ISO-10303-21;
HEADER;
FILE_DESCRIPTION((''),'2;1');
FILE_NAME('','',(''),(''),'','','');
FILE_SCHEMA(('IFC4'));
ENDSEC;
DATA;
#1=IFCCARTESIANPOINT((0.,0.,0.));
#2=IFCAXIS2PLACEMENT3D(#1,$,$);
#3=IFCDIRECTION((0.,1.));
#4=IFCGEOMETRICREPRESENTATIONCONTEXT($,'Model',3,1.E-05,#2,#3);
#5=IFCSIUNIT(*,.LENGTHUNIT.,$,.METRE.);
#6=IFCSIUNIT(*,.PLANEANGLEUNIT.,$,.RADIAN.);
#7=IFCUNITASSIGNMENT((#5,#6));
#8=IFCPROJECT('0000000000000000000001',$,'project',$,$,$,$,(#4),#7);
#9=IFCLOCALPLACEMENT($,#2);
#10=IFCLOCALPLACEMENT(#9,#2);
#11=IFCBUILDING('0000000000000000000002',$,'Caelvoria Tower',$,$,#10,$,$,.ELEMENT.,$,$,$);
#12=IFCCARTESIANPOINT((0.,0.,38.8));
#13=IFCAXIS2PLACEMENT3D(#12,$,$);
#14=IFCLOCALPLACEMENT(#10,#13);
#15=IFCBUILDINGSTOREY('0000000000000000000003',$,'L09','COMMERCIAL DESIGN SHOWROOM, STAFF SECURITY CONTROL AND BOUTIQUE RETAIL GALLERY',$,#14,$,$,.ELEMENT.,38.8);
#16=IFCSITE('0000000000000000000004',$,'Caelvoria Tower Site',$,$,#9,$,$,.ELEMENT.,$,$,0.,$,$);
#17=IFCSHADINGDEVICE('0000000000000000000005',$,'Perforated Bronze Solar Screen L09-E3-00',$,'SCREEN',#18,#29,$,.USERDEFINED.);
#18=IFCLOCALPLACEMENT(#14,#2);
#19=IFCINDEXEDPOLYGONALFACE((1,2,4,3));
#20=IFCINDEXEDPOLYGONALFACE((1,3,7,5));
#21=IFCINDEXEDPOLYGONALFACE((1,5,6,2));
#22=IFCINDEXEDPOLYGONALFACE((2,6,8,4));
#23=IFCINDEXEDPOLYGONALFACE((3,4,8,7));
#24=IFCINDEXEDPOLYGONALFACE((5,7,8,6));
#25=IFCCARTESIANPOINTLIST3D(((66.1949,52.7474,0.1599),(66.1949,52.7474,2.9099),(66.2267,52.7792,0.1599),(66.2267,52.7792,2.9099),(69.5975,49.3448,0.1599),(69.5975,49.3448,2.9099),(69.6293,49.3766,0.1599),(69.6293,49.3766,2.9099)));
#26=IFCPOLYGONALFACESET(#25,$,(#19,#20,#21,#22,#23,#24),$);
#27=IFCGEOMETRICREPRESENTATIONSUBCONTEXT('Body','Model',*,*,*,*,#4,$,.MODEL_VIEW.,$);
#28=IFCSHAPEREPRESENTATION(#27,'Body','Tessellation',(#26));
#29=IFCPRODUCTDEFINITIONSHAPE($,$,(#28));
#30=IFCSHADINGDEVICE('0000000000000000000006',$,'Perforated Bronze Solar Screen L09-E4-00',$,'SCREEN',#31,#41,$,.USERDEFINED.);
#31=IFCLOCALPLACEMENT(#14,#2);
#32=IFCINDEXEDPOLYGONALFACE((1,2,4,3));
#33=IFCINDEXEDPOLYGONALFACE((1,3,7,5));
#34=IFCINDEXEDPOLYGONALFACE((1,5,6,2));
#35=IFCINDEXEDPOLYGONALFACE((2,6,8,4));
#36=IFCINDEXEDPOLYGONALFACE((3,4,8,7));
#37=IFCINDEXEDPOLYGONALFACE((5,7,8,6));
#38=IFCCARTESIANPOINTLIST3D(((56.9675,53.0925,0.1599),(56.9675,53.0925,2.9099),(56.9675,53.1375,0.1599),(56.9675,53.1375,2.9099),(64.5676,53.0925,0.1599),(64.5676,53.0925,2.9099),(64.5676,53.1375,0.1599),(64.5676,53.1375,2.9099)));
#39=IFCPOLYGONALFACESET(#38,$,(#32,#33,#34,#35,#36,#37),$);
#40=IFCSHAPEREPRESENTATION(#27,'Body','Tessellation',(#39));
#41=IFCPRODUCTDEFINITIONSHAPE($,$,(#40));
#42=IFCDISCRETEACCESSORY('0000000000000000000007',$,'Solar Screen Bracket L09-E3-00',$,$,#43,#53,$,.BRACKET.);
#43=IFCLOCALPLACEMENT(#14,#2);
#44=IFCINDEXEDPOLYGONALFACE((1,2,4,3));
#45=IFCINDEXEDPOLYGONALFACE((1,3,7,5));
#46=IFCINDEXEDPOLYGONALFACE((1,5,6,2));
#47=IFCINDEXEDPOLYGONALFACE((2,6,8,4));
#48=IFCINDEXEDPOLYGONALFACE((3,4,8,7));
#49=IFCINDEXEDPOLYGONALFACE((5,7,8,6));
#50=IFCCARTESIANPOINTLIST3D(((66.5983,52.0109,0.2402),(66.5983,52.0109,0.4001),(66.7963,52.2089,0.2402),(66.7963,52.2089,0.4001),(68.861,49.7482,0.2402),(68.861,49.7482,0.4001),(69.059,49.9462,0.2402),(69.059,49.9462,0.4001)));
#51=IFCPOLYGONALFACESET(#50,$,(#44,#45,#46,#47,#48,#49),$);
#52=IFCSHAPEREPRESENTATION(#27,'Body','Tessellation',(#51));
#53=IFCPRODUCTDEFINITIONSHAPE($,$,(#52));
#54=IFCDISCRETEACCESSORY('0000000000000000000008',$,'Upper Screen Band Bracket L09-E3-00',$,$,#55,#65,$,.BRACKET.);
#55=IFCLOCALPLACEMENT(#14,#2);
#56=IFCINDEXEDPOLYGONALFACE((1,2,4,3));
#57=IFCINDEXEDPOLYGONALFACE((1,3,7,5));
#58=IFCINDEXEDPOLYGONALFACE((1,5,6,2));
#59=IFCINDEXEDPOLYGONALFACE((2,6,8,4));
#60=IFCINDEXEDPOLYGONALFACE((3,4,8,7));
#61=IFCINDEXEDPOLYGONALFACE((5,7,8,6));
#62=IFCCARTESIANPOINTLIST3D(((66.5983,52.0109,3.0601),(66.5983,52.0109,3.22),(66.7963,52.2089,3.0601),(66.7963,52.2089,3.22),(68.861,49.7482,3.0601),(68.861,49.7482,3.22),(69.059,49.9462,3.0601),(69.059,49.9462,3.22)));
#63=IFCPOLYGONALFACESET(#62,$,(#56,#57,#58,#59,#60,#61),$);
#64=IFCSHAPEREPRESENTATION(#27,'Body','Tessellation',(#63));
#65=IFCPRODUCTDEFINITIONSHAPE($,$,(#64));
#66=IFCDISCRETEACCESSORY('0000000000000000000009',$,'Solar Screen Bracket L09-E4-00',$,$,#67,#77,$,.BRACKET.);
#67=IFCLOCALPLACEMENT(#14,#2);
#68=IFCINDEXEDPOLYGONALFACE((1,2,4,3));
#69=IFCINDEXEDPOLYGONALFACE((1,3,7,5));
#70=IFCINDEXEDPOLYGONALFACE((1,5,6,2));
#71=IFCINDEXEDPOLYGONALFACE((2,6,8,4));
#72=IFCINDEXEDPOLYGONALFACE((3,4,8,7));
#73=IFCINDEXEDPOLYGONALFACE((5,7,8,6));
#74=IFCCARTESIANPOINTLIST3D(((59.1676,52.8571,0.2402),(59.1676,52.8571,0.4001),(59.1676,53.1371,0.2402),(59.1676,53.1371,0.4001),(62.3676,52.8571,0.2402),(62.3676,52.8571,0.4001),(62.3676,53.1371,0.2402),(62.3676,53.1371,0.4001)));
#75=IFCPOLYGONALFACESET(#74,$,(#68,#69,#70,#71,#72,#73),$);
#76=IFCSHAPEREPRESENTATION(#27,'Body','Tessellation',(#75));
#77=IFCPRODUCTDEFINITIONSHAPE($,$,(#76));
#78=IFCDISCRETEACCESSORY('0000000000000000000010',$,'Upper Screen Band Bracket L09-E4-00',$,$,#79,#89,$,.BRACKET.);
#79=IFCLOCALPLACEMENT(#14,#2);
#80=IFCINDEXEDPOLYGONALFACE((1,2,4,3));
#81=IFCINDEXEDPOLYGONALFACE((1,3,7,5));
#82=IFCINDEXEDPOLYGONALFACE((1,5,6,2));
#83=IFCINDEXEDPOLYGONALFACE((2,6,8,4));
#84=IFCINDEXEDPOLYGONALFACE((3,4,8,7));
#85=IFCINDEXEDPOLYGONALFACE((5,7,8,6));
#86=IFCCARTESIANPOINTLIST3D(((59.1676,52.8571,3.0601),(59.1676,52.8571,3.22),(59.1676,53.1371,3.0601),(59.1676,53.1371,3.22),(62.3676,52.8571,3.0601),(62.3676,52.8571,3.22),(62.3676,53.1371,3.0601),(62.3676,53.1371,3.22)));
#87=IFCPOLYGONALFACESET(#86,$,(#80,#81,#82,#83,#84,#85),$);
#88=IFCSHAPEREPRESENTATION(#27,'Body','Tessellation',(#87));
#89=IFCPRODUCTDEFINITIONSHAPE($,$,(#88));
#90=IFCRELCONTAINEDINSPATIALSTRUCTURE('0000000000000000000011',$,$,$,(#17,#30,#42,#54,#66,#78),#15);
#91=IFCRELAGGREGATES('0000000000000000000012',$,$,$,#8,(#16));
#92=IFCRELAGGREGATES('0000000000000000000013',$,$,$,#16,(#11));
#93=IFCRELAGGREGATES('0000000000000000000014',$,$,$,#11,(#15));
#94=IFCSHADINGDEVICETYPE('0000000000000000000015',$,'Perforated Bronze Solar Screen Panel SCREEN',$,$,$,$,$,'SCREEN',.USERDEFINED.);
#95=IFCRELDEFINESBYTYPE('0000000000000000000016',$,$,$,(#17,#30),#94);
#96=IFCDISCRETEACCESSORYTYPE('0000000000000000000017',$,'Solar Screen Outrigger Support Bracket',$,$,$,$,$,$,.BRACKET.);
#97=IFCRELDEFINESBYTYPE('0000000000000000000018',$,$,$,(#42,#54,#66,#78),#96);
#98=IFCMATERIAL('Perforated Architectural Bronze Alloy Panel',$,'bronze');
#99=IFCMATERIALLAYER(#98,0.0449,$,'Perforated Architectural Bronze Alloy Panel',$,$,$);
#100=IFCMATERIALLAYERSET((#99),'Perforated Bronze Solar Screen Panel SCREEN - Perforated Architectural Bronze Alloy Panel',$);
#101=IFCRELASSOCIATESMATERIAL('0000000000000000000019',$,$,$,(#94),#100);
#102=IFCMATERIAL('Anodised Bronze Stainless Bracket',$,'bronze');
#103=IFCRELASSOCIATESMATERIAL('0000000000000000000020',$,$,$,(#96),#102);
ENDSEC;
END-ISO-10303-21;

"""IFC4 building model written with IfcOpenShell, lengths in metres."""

from ifc_helpers import new_model, si_unit, direction, frame, origin, origin_2d, place, context, subcontext, project, spatial, rectangle, extrude, material, layer, layer_set, type_object, element, save


model = new_model("IFC4")

# Units and contexts
model_context = context("Model", 3, precision=1e-05, world=origin(), true_north=direction((0.0, 1.0)))
body_context = subcontext(model_context, "Body", "Model", "MODEL_VIEW")
ifc_project = project(units=[si_unit("LENGTHUNIT", "METRE"), si_unit("PLANEANGLEUNIT", "RADIAN")], contexts=[model_context])

# Site, building, storey
site_placement = place(None, origin())
site = spatial("IfcSite", under=ifc_project, at=site_placement, Name="Caelvoria Tower Site", CompositionType="ELEMENT", RefElevation=0.0)
building_placement = place(site_placement, origin())
building = spatial("IfcBuilding", under=site, at=building_placement, Name="Caelvoria Tower", CompositionType="ELEMENT")
storey_placement = place(building_placement, frame((0.0, 0.0, 38.8)))
storey = spatial("IfcBuildingStorey", under=building, at=storey_placement, Name="L09", Description="COMMERCIAL DESIGN SHOWROOM, STAFF SECURITY CONTROL AND BOUTIQUE RETAIL GALLERY", CompositionType="ELEMENT", Elevation=38.8)

# Shading devices
ifc_material_1 = material(Name="Perforated Architectural Bronze Alloy Panel", Category="bronze")
ifc_layer_1 = layer(ifc_material_1, 0.0449, Name="Perforated Architectural Bronze Alloy Panel")
ifc_layer_set_1 = layer_set([ifc_layer_1], Name="Perforated Bronze Solar Screen Panel SCREEN - Perforated Architectural Bronze Alloy Panel")
shading_device_type = type_object("IfcShadingDeviceType", Name="Perforated Bronze Solar Screen Panel SCREEN", ElementType="SCREEN", PredefinedType="USERDEFINED", material=ifc_layer_set_1)
shading_device_1_placement = place(storey_placement, frame((67.9121, 51.062, 0.1599), z_axis=(0.0, 0.0, 1.0), x_axis=(-0.707107, 0.707107, 0.0)))
element("IfcShadingDevice", 1, at=shading_device_1_placement, inside=storey, type_object=shading_device_type, Name="Perforated Bronze Solar Screen L09-E3-00", ObjectType="SCREEN", PredefinedType="USERDEFINED", context=body_context, shape_type="SweptSolid", body=[
    extrude(rectangle(XDim=4.812, YDim=0.0449, at=origin_2d()), origin(), (0.0, 0.0, 1.0), 2.75),
])
shading_device_2_placement = place(storey_placement, frame((60.7676, 53.115, 0.1599), z_axis=(0.0, 0.0, 1.0), x_axis=(-1.0, 0.0, 0.0)))
element("IfcShadingDevice", 2, at=shading_device_2_placement, inside=storey, type_object=shading_device_type, Name="Perforated Bronze Solar Screen L09-E4-00", ObjectType="SCREEN", PredefinedType="USERDEFINED", context=body_context, shape_type="SweptSolid", body=[
    extrude(rectangle(XDim=7.6001, YDim=0.0449, at=origin_2d()), origin(), (0.0, 0.0, 1.0), 2.75),
])

# Discrete accessories
ifc_material_2 = material(Name="Anodised Bronze Stainless Bracket", Category="bronze")
discrete_accessory_type = type_object("IfcDiscreteAccessoryType", Name="Solar Screen Outrigger Support Bracket", PredefinedType="BRACKET", material=ifc_material_2)
for number, where, z_axis, x_axis, name in (
    (3, (67.8286, 50.9785, 0.2402), (0.0, 0.0, 1.0), (-0.707107, 0.707107, 0.0), "Solar Screen Bracket L09-E3-00"),
    (4, (67.8286, 50.9785, 3.0601), (0.0, 0.0, 1.0), (-0.707107, 0.707107, 0.0), "Upper Screen Band Bracket L09-E3-00"),
    (5, (60.7676, 52.9971, 0.2402), (0.0, 0.0, 1.0), (-1.0, 0.0, 0.0), "Solar Screen Bracket L09-E4-00"),
    (6, (60.7676, 52.9971, 3.0601), (0.0, 0.0, 1.0), (-1.0, 0.0, 0.0), "Upper Screen Band Bracket L09-E4-00"),
):
    element("IfcDiscreteAccessory", number, at=place(storey_placement, frame(where, z_axis=z_axis, x_axis=x_axis)), inside=storey, type_object=discrete_accessory_type, Name=name, PredefinedType="BRACKET", context=body_context, shape_type="SweptSolid", body=[
        extrude(rectangle(XDim=3.2, YDim=0.28, at=origin_2d()), origin(), (0.0, 0.0, 1.0), 0.1599),
    ])

save(model, "model.ifc")
